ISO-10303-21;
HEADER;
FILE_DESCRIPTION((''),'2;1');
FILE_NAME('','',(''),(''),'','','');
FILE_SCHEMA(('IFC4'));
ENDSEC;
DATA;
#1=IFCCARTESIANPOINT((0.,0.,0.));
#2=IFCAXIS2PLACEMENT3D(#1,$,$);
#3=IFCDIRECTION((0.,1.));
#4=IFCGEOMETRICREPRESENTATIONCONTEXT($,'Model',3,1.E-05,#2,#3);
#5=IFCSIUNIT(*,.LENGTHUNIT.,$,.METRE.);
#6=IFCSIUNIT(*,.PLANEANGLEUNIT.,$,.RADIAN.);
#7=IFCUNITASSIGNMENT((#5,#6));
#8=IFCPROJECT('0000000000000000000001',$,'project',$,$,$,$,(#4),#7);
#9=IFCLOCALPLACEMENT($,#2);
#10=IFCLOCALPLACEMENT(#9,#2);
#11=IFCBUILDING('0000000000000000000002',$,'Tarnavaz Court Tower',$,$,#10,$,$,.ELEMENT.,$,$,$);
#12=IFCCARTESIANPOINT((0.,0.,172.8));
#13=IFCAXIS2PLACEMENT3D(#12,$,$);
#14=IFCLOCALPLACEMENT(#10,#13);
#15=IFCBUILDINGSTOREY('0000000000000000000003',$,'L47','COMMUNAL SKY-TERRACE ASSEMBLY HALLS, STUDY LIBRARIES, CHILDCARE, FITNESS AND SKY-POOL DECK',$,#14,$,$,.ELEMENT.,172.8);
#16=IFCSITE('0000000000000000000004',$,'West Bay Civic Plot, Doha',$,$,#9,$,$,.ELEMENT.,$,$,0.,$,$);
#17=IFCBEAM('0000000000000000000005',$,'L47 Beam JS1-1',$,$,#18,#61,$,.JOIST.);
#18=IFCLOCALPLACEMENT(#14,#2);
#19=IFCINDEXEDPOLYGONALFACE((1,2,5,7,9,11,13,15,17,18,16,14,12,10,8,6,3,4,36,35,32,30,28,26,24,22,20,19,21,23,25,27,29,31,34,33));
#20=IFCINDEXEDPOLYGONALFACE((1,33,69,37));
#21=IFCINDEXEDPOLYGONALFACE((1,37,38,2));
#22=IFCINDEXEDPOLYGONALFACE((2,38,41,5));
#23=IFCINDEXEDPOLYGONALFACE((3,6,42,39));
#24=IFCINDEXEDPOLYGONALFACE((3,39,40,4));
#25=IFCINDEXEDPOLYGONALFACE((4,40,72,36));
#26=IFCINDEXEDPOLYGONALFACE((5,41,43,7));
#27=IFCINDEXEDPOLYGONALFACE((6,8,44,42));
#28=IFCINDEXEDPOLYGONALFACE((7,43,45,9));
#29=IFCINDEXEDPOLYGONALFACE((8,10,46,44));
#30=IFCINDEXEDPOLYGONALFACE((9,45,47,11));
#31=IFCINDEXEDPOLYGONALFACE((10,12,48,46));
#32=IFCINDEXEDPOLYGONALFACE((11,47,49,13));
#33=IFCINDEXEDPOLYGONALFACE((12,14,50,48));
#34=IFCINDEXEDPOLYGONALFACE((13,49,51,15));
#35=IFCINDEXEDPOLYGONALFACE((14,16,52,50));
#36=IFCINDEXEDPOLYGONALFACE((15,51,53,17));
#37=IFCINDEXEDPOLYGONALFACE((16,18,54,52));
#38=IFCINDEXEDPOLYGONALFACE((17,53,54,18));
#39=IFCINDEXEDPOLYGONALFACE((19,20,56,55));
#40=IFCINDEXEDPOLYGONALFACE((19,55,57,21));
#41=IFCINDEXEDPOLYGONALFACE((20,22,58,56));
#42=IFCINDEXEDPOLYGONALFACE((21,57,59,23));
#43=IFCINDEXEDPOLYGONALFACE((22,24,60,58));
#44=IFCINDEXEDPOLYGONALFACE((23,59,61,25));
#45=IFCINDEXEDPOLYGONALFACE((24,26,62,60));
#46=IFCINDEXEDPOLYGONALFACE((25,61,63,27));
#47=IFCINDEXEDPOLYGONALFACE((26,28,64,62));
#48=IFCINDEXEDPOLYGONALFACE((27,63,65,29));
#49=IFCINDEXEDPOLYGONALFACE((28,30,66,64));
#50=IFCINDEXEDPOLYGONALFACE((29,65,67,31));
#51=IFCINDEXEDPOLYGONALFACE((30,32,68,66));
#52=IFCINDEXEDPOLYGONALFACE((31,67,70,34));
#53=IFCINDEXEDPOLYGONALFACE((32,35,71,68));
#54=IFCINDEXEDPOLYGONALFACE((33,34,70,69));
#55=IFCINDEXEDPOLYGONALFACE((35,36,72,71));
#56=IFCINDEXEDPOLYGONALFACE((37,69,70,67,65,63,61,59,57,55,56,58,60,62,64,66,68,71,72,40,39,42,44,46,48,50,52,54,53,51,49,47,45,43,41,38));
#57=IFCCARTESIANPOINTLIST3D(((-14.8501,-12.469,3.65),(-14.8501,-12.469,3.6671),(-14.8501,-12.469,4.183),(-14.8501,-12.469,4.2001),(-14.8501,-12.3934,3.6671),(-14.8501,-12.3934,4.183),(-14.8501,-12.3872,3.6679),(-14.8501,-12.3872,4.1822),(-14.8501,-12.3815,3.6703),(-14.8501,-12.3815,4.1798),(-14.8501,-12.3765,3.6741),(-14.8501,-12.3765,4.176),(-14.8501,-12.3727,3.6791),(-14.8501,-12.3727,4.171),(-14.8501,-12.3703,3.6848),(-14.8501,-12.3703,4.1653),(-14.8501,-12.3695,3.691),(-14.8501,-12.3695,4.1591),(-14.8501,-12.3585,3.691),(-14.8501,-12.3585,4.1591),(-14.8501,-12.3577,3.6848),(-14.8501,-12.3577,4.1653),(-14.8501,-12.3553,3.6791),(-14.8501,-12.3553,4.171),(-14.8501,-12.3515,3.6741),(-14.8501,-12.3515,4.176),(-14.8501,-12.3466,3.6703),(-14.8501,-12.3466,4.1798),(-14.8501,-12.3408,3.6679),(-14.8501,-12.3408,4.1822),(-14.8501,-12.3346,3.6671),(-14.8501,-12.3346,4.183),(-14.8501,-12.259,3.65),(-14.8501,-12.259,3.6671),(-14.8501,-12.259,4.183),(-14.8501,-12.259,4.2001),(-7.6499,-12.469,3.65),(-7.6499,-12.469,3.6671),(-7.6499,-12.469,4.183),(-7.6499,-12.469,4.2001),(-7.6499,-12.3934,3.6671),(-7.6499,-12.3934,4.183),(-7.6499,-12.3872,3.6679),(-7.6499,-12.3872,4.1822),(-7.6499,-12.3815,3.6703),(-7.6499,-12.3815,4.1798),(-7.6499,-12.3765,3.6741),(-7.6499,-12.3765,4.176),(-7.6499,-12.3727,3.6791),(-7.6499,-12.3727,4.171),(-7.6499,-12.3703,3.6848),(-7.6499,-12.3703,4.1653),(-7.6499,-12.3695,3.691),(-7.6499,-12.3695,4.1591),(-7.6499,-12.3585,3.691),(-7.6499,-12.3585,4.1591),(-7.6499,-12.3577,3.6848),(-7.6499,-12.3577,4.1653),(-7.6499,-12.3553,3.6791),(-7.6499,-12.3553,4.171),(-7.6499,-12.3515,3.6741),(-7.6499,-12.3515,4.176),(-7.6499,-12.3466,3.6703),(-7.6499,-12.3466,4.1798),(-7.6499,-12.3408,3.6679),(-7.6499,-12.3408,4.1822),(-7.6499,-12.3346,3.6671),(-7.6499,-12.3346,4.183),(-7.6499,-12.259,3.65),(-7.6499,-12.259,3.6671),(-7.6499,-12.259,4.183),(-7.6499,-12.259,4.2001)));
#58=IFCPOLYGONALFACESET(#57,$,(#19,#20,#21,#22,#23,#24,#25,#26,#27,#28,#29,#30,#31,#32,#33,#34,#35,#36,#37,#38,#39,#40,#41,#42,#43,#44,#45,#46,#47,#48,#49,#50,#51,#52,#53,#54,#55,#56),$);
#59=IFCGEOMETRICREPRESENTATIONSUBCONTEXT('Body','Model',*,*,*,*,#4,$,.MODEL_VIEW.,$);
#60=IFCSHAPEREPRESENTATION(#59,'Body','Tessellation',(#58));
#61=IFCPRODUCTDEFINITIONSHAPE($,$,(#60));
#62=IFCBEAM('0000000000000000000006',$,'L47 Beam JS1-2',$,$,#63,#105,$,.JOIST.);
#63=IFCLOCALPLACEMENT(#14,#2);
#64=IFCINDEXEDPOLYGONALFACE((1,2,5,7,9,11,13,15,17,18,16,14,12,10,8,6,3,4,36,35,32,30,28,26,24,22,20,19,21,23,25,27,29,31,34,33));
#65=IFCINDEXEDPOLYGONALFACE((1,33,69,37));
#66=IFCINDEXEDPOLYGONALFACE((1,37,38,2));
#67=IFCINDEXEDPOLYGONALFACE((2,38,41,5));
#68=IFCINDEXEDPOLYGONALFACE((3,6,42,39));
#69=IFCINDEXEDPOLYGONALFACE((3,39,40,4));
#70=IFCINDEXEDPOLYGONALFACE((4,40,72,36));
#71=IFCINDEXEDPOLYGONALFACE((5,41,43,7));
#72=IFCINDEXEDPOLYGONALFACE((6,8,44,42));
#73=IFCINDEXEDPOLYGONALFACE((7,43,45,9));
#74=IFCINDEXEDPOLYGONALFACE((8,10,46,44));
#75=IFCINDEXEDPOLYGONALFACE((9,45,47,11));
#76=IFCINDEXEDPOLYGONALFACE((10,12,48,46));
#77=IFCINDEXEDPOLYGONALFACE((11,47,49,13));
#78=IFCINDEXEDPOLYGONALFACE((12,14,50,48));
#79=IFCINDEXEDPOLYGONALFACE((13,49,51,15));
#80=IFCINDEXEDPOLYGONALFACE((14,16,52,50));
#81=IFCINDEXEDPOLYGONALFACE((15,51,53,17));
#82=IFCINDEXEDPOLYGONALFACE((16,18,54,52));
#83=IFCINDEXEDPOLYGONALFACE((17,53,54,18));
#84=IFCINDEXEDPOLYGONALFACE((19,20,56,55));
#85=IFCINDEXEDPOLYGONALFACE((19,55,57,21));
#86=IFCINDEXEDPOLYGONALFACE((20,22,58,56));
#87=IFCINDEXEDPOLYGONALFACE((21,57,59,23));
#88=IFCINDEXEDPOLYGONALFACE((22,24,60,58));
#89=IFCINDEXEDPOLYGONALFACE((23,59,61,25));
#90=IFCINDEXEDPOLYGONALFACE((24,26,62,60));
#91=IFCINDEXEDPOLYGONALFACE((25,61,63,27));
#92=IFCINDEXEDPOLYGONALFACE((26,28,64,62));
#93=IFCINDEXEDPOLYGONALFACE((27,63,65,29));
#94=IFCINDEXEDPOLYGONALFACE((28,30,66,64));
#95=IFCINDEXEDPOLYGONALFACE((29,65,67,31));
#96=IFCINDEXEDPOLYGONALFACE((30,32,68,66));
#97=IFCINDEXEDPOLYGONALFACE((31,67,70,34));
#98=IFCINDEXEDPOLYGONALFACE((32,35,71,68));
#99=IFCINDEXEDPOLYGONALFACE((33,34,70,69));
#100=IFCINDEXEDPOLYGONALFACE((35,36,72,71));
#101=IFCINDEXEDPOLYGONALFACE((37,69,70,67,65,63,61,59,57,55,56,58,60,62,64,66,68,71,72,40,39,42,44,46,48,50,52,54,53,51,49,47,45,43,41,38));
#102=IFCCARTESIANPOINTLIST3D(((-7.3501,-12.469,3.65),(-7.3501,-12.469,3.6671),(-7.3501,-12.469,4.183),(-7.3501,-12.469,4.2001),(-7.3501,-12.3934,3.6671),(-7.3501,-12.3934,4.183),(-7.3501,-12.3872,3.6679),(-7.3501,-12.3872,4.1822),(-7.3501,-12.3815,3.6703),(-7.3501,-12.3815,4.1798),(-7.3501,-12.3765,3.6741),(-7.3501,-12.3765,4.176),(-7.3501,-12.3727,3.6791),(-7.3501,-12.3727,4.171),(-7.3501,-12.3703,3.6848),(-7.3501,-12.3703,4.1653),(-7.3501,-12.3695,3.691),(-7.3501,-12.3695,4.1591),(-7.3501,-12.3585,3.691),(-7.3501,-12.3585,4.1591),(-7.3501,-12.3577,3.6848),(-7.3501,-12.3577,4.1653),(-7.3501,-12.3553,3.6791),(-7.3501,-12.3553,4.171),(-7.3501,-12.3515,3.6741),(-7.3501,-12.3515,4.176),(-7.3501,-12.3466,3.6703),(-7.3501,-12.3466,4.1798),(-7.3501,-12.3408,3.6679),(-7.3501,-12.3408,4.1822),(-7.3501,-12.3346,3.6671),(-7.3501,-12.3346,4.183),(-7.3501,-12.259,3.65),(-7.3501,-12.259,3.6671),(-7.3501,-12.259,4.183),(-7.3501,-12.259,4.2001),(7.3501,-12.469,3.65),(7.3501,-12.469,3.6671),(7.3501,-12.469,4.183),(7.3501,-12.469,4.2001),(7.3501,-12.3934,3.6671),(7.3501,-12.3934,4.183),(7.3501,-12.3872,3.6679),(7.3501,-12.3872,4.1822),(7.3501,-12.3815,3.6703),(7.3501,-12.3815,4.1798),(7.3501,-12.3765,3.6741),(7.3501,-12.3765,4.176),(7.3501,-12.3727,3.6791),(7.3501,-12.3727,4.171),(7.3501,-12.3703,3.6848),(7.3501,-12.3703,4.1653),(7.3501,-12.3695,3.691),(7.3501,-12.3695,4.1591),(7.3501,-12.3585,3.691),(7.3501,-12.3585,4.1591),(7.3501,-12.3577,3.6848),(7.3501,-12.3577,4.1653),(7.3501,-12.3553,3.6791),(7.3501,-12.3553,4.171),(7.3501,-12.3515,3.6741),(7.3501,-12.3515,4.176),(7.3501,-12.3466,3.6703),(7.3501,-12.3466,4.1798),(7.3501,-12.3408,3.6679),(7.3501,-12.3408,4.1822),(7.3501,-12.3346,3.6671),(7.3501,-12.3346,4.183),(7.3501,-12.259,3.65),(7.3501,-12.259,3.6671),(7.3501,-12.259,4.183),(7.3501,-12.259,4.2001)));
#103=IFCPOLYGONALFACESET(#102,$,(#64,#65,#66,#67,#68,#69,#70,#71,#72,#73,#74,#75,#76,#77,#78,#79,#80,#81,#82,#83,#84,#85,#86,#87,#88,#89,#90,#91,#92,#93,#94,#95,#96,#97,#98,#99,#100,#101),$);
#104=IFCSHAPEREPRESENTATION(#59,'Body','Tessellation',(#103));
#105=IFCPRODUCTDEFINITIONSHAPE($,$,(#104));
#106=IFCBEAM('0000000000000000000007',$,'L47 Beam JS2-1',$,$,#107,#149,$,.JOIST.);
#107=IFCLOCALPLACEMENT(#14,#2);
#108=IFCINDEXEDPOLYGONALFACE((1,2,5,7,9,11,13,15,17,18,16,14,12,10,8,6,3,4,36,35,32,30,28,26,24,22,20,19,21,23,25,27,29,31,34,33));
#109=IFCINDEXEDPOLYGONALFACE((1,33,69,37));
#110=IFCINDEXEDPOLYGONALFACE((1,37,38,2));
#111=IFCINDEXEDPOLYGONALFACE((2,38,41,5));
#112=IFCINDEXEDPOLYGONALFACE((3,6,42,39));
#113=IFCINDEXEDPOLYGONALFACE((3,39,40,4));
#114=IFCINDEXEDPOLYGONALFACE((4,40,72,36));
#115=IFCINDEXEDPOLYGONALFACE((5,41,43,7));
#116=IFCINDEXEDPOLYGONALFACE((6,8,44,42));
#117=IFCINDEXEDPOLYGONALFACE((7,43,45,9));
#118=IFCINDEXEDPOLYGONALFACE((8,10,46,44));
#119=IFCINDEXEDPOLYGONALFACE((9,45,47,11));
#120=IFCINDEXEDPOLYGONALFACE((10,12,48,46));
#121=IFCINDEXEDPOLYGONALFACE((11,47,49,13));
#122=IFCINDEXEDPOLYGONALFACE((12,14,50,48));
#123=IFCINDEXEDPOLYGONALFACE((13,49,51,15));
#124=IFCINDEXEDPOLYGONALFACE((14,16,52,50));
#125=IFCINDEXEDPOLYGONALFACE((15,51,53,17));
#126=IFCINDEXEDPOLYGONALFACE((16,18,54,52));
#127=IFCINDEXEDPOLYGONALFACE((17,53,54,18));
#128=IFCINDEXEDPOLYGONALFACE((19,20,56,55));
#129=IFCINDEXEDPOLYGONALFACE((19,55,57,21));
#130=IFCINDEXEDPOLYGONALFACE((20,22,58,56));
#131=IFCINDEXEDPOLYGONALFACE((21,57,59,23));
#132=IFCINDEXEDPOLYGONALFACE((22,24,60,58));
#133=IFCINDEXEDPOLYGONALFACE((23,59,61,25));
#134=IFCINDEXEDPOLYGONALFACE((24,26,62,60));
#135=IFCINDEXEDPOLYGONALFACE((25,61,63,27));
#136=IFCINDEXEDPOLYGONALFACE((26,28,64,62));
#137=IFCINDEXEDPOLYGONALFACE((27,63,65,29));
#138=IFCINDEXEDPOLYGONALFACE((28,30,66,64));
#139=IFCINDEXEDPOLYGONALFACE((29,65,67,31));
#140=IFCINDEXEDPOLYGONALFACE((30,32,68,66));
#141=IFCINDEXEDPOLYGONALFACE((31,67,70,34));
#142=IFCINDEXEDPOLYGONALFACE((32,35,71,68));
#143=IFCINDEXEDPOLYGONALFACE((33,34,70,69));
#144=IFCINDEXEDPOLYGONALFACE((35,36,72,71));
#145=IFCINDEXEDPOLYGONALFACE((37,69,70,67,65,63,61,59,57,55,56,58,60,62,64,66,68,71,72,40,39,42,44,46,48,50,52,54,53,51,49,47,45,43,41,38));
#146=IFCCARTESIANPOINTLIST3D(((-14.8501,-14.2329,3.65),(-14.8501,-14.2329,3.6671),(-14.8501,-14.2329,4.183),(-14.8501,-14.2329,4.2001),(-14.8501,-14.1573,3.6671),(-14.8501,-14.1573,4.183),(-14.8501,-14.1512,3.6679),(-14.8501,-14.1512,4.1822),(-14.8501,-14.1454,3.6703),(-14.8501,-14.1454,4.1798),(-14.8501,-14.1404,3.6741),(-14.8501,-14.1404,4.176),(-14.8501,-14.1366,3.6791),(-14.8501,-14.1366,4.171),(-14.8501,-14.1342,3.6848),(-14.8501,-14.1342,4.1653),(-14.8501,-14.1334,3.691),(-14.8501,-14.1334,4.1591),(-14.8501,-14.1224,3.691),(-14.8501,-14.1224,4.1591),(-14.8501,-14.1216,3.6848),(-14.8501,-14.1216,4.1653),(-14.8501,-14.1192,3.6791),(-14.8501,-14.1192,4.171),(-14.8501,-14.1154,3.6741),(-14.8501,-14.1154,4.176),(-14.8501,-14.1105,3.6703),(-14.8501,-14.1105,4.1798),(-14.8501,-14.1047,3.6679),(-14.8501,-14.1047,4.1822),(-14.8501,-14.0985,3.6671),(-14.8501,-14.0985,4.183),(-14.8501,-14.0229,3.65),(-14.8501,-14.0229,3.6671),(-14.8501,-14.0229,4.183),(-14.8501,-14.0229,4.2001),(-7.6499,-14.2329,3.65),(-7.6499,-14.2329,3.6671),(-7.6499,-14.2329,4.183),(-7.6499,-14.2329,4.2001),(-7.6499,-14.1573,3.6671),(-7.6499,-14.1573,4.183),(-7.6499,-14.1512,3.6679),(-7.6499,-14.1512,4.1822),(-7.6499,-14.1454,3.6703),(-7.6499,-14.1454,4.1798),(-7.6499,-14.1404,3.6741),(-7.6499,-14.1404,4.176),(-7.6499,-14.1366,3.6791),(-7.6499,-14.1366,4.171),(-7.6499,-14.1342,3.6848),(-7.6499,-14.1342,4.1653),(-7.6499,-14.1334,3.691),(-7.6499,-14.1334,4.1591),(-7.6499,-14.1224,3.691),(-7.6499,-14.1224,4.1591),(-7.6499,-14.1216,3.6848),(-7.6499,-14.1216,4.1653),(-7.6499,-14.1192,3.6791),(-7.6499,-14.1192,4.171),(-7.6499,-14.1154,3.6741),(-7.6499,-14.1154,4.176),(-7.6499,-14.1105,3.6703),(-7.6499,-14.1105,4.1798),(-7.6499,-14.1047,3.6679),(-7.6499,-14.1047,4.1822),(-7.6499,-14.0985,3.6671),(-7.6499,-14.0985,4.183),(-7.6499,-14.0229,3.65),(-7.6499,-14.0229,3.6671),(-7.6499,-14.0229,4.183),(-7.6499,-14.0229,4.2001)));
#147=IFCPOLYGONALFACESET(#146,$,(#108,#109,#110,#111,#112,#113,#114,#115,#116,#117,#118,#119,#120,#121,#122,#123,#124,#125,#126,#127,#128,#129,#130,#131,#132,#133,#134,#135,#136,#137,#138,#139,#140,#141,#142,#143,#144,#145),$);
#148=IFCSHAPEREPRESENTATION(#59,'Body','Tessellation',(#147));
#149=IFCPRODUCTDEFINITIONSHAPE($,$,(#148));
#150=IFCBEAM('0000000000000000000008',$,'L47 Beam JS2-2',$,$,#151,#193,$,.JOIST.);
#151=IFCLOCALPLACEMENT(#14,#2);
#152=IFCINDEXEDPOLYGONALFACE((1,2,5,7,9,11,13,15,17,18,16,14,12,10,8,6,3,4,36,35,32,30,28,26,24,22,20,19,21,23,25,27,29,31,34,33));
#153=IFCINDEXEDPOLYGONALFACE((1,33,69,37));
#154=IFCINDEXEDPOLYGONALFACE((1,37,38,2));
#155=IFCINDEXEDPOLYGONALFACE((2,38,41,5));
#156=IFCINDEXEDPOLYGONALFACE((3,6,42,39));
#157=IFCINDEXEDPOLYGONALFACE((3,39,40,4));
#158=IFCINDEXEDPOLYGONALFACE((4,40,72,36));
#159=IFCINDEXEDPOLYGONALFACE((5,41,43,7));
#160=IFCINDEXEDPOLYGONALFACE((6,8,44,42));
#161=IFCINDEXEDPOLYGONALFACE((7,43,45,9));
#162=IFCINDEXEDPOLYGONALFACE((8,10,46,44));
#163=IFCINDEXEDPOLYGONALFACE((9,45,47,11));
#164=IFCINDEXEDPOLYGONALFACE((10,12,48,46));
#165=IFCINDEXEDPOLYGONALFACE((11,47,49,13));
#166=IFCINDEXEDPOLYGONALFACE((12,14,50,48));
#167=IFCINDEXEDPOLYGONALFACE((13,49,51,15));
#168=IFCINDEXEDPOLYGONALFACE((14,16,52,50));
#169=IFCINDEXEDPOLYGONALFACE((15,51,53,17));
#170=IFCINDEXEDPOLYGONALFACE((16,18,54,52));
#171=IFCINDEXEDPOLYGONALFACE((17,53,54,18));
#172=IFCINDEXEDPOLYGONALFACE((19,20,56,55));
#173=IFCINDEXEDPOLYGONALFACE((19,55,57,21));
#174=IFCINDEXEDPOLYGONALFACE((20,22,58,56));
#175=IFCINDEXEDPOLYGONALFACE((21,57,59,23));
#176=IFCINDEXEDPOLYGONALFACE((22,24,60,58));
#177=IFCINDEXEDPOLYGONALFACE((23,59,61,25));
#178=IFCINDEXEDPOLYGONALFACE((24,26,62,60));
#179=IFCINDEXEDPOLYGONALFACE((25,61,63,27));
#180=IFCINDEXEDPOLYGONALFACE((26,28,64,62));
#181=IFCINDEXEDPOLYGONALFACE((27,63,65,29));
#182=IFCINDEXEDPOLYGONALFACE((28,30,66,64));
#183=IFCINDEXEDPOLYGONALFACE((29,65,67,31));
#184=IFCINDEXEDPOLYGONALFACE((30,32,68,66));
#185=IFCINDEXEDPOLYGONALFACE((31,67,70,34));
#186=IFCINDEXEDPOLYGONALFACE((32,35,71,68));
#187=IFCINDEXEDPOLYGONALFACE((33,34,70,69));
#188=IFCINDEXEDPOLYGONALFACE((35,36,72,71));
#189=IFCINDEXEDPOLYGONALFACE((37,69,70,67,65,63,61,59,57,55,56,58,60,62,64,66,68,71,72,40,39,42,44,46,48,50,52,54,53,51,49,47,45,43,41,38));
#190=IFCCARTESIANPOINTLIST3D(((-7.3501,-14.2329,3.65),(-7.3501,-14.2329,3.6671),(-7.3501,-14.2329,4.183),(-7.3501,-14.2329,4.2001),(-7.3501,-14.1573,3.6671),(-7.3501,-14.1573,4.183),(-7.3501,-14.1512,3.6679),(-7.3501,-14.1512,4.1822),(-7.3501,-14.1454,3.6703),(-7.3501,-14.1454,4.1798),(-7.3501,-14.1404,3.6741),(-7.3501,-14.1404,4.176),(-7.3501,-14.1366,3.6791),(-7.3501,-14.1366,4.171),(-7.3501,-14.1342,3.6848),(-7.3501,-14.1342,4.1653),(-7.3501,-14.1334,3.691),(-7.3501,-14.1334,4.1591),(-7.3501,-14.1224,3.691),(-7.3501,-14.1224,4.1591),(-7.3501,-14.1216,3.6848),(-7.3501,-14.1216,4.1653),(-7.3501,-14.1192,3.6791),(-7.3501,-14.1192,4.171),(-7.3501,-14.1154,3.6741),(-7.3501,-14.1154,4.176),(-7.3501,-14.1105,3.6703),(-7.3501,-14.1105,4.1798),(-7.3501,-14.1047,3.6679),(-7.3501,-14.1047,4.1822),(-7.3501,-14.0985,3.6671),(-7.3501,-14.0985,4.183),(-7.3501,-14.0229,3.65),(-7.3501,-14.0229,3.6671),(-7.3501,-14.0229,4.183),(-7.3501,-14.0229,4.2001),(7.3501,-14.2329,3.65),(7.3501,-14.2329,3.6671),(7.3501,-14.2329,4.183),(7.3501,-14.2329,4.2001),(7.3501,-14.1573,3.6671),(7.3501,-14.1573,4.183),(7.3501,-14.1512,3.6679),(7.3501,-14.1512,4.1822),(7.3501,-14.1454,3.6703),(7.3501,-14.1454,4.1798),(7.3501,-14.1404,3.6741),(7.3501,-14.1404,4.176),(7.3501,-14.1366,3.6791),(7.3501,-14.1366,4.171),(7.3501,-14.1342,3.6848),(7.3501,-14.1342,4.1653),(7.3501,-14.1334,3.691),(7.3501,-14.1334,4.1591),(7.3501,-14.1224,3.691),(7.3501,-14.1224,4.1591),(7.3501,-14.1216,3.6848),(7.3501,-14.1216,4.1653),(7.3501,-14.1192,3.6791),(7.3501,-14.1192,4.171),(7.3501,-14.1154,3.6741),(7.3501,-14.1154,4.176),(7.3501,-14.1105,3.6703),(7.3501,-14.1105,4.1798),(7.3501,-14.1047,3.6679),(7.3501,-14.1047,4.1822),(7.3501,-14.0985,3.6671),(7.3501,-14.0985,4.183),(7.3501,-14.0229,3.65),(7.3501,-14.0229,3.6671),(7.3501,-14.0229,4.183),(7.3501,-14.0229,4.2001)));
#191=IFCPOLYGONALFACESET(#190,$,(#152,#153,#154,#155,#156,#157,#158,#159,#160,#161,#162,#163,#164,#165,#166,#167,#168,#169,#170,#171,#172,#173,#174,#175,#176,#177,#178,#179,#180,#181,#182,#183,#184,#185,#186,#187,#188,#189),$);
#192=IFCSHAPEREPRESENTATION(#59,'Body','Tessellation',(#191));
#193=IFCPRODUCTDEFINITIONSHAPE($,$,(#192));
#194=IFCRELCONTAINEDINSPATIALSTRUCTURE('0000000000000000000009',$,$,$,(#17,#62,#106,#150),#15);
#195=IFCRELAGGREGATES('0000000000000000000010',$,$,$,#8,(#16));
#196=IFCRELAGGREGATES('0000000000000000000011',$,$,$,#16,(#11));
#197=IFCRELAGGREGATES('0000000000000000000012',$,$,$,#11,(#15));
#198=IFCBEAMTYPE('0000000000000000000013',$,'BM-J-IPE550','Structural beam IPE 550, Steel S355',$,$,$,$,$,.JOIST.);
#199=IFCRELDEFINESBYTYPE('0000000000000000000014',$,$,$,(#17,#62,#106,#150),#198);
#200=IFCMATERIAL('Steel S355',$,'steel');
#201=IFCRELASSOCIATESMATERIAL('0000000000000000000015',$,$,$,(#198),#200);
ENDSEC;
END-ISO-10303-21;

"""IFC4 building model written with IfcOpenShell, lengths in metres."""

from ifc_helpers import new_model, si_unit, direction, frame, origin, origin_2d, place, context, subcontext, project, spatial, i_section, extrude, material, material_profile, profile_set, type_object, element, save


model = new_model("IFC4")

# Units and contexts
model_context = context("Model", 3, precision=1e-05, world=origin(), true_north=direction((0.0, 1.0)))
body_context = subcontext(model_context, "Body", "Model", "MODEL_VIEW")
ifc_project = project(units=[si_unit("LENGTHUNIT", "METRE"), si_unit("PLANEANGLEUNIT", "RADIAN")], contexts=[model_context])

# Site, building, storey
site_placement = place(None, origin())
site = spatial("IfcSite", under=ifc_project, at=site_placement, Name="West Bay Civic Plot, Doha", CompositionType="ELEMENT", RefElevation=0.0)
building_placement = place(site_placement, origin())
building = spatial("IfcBuilding", under=site, at=building_placement, Name="Tarnavaz Court Tower", CompositionType="ELEMENT")
storey_placement = place(building_placement, frame((0.0, 0.0, 172.8)))
storey = spatial("IfcBuildingStorey", under=building, at=storey_placement, Name="L47", Description="COMMUNAL SKY-TERRACE ASSEMBLY HALLS, STUDY LIBRARIES, CHILDCARE, FITNESS AND SKY-POOL DECK", CompositionType="ELEMENT", Elevation=172.8)

# Beams
ifc_material_1 = material(Name="Steel S355", Category="steel")
ifc_material_profile_1 = material_profile(ifc_material_1, i_section(OverallWidth=0.21, OverallDepth=0.55, WebThickness=0.011, FlangeThickness=0.0171, FilletRadius=0.0239, at=origin_2d()), Name="IPE 550")
ifc_profile_set_1 = profile_set([ifc_material_profile_1], Name="Steel S355")
beam_type_1 = type_object("IfcBeamType", Name="BM-J-IPE550", Description="Structural beam IPE 550, Steel S355", PredefinedType="JOIST", material=ifc_profile_set_1)
beam_1_placement = place(storey_placement, frame((-14.8501, -12.364, 3.925), z_axis=(1.0, 0.0, 0.0), x_axis=(0.0, 1.0, 0.0)))
element("IfcBeam", 1, at=beam_1_placement, inside=storey, type_object=beam_type_1, Name="L47 Beam JS1-1", PredefinedType="JOIST", context=body_context, shape_type="SweptSolid", body=[
    extrude(i_section(OverallWidth=0.21, OverallDepth=0.55, WebThickness=0.011, FlangeThickness=0.0171, FilletRadius=0.0239, at=origin_2d()), origin(), (0.0, 0.0, 1.0), 7.2002),
])
beam_2_placement = place(storey_placement, frame((-7.3501, -12.364, 3.925), z_axis=(1.0, 0.0, 0.0), x_axis=(0.0, 1.0, 0.0)))
element("IfcBeam", 2, at=beam_2_placement, inside=storey, type_object=beam_type_1, Name="L47 Beam JS1-2", PredefinedType="JOIST", context=body_context, shape_type="SweptSolid", body=[
    extrude(i_section(OverallWidth=0.21, OverallDepth=0.55, WebThickness=0.011, FlangeThickness=0.0171, FilletRadius=0.0239, at=origin_2d()), origin(), (0.0, 0.0, 1.0), 14.7002),
])
beam_3_placement = place(storey_placement, frame((-14.8501, -14.1279, 3.925), z_axis=(1.0, 0.0, 0.0), x_axis=(0.0, 1.0, 0.0)))
element("IfcBeam", 3, at=beam_3_placement, inside=storey, type_object=beam_type_1, Name="L47 Beam JS2-1", PredefinedType="JOIST", context=body_context, shape_type="SweptSolid", body=[
    extrude(i_section(OverallWidth=0.21, OverallDepth=0.55, WebThickness=0.011, FlangeThickness=0.0171, FilletRadius=0.0239, at=origin_2d()), origin(), (0.0, 0.0, 1.0), 7.2002),
])
beam_4_placement = place(storey_placement, frame((-7.3501, -14.1279, 3.925), z_axis=(1.0, 0.0, 0.0), x_axis=(0.0, 1.0, 0.0)))
element("IfcBeam", 4, at=beam_4_placement, inside=storey, type_object=beam_type_1, Name="L47 Beam JS2-2", PredefinedType="JOIST", context=body_context, shape_type="SweptSolid", body=[
    extrude(i_section(OverallWidth=0.21, OverallDepth=0.55, WebThickness=0.011, FlangeThickness=0.0171, FilletRadius=0.0239, at=origin_2d()), origin(), (0.0, 0.0, 1.0), 14.7002),
])

save(model, "model.ifc")
